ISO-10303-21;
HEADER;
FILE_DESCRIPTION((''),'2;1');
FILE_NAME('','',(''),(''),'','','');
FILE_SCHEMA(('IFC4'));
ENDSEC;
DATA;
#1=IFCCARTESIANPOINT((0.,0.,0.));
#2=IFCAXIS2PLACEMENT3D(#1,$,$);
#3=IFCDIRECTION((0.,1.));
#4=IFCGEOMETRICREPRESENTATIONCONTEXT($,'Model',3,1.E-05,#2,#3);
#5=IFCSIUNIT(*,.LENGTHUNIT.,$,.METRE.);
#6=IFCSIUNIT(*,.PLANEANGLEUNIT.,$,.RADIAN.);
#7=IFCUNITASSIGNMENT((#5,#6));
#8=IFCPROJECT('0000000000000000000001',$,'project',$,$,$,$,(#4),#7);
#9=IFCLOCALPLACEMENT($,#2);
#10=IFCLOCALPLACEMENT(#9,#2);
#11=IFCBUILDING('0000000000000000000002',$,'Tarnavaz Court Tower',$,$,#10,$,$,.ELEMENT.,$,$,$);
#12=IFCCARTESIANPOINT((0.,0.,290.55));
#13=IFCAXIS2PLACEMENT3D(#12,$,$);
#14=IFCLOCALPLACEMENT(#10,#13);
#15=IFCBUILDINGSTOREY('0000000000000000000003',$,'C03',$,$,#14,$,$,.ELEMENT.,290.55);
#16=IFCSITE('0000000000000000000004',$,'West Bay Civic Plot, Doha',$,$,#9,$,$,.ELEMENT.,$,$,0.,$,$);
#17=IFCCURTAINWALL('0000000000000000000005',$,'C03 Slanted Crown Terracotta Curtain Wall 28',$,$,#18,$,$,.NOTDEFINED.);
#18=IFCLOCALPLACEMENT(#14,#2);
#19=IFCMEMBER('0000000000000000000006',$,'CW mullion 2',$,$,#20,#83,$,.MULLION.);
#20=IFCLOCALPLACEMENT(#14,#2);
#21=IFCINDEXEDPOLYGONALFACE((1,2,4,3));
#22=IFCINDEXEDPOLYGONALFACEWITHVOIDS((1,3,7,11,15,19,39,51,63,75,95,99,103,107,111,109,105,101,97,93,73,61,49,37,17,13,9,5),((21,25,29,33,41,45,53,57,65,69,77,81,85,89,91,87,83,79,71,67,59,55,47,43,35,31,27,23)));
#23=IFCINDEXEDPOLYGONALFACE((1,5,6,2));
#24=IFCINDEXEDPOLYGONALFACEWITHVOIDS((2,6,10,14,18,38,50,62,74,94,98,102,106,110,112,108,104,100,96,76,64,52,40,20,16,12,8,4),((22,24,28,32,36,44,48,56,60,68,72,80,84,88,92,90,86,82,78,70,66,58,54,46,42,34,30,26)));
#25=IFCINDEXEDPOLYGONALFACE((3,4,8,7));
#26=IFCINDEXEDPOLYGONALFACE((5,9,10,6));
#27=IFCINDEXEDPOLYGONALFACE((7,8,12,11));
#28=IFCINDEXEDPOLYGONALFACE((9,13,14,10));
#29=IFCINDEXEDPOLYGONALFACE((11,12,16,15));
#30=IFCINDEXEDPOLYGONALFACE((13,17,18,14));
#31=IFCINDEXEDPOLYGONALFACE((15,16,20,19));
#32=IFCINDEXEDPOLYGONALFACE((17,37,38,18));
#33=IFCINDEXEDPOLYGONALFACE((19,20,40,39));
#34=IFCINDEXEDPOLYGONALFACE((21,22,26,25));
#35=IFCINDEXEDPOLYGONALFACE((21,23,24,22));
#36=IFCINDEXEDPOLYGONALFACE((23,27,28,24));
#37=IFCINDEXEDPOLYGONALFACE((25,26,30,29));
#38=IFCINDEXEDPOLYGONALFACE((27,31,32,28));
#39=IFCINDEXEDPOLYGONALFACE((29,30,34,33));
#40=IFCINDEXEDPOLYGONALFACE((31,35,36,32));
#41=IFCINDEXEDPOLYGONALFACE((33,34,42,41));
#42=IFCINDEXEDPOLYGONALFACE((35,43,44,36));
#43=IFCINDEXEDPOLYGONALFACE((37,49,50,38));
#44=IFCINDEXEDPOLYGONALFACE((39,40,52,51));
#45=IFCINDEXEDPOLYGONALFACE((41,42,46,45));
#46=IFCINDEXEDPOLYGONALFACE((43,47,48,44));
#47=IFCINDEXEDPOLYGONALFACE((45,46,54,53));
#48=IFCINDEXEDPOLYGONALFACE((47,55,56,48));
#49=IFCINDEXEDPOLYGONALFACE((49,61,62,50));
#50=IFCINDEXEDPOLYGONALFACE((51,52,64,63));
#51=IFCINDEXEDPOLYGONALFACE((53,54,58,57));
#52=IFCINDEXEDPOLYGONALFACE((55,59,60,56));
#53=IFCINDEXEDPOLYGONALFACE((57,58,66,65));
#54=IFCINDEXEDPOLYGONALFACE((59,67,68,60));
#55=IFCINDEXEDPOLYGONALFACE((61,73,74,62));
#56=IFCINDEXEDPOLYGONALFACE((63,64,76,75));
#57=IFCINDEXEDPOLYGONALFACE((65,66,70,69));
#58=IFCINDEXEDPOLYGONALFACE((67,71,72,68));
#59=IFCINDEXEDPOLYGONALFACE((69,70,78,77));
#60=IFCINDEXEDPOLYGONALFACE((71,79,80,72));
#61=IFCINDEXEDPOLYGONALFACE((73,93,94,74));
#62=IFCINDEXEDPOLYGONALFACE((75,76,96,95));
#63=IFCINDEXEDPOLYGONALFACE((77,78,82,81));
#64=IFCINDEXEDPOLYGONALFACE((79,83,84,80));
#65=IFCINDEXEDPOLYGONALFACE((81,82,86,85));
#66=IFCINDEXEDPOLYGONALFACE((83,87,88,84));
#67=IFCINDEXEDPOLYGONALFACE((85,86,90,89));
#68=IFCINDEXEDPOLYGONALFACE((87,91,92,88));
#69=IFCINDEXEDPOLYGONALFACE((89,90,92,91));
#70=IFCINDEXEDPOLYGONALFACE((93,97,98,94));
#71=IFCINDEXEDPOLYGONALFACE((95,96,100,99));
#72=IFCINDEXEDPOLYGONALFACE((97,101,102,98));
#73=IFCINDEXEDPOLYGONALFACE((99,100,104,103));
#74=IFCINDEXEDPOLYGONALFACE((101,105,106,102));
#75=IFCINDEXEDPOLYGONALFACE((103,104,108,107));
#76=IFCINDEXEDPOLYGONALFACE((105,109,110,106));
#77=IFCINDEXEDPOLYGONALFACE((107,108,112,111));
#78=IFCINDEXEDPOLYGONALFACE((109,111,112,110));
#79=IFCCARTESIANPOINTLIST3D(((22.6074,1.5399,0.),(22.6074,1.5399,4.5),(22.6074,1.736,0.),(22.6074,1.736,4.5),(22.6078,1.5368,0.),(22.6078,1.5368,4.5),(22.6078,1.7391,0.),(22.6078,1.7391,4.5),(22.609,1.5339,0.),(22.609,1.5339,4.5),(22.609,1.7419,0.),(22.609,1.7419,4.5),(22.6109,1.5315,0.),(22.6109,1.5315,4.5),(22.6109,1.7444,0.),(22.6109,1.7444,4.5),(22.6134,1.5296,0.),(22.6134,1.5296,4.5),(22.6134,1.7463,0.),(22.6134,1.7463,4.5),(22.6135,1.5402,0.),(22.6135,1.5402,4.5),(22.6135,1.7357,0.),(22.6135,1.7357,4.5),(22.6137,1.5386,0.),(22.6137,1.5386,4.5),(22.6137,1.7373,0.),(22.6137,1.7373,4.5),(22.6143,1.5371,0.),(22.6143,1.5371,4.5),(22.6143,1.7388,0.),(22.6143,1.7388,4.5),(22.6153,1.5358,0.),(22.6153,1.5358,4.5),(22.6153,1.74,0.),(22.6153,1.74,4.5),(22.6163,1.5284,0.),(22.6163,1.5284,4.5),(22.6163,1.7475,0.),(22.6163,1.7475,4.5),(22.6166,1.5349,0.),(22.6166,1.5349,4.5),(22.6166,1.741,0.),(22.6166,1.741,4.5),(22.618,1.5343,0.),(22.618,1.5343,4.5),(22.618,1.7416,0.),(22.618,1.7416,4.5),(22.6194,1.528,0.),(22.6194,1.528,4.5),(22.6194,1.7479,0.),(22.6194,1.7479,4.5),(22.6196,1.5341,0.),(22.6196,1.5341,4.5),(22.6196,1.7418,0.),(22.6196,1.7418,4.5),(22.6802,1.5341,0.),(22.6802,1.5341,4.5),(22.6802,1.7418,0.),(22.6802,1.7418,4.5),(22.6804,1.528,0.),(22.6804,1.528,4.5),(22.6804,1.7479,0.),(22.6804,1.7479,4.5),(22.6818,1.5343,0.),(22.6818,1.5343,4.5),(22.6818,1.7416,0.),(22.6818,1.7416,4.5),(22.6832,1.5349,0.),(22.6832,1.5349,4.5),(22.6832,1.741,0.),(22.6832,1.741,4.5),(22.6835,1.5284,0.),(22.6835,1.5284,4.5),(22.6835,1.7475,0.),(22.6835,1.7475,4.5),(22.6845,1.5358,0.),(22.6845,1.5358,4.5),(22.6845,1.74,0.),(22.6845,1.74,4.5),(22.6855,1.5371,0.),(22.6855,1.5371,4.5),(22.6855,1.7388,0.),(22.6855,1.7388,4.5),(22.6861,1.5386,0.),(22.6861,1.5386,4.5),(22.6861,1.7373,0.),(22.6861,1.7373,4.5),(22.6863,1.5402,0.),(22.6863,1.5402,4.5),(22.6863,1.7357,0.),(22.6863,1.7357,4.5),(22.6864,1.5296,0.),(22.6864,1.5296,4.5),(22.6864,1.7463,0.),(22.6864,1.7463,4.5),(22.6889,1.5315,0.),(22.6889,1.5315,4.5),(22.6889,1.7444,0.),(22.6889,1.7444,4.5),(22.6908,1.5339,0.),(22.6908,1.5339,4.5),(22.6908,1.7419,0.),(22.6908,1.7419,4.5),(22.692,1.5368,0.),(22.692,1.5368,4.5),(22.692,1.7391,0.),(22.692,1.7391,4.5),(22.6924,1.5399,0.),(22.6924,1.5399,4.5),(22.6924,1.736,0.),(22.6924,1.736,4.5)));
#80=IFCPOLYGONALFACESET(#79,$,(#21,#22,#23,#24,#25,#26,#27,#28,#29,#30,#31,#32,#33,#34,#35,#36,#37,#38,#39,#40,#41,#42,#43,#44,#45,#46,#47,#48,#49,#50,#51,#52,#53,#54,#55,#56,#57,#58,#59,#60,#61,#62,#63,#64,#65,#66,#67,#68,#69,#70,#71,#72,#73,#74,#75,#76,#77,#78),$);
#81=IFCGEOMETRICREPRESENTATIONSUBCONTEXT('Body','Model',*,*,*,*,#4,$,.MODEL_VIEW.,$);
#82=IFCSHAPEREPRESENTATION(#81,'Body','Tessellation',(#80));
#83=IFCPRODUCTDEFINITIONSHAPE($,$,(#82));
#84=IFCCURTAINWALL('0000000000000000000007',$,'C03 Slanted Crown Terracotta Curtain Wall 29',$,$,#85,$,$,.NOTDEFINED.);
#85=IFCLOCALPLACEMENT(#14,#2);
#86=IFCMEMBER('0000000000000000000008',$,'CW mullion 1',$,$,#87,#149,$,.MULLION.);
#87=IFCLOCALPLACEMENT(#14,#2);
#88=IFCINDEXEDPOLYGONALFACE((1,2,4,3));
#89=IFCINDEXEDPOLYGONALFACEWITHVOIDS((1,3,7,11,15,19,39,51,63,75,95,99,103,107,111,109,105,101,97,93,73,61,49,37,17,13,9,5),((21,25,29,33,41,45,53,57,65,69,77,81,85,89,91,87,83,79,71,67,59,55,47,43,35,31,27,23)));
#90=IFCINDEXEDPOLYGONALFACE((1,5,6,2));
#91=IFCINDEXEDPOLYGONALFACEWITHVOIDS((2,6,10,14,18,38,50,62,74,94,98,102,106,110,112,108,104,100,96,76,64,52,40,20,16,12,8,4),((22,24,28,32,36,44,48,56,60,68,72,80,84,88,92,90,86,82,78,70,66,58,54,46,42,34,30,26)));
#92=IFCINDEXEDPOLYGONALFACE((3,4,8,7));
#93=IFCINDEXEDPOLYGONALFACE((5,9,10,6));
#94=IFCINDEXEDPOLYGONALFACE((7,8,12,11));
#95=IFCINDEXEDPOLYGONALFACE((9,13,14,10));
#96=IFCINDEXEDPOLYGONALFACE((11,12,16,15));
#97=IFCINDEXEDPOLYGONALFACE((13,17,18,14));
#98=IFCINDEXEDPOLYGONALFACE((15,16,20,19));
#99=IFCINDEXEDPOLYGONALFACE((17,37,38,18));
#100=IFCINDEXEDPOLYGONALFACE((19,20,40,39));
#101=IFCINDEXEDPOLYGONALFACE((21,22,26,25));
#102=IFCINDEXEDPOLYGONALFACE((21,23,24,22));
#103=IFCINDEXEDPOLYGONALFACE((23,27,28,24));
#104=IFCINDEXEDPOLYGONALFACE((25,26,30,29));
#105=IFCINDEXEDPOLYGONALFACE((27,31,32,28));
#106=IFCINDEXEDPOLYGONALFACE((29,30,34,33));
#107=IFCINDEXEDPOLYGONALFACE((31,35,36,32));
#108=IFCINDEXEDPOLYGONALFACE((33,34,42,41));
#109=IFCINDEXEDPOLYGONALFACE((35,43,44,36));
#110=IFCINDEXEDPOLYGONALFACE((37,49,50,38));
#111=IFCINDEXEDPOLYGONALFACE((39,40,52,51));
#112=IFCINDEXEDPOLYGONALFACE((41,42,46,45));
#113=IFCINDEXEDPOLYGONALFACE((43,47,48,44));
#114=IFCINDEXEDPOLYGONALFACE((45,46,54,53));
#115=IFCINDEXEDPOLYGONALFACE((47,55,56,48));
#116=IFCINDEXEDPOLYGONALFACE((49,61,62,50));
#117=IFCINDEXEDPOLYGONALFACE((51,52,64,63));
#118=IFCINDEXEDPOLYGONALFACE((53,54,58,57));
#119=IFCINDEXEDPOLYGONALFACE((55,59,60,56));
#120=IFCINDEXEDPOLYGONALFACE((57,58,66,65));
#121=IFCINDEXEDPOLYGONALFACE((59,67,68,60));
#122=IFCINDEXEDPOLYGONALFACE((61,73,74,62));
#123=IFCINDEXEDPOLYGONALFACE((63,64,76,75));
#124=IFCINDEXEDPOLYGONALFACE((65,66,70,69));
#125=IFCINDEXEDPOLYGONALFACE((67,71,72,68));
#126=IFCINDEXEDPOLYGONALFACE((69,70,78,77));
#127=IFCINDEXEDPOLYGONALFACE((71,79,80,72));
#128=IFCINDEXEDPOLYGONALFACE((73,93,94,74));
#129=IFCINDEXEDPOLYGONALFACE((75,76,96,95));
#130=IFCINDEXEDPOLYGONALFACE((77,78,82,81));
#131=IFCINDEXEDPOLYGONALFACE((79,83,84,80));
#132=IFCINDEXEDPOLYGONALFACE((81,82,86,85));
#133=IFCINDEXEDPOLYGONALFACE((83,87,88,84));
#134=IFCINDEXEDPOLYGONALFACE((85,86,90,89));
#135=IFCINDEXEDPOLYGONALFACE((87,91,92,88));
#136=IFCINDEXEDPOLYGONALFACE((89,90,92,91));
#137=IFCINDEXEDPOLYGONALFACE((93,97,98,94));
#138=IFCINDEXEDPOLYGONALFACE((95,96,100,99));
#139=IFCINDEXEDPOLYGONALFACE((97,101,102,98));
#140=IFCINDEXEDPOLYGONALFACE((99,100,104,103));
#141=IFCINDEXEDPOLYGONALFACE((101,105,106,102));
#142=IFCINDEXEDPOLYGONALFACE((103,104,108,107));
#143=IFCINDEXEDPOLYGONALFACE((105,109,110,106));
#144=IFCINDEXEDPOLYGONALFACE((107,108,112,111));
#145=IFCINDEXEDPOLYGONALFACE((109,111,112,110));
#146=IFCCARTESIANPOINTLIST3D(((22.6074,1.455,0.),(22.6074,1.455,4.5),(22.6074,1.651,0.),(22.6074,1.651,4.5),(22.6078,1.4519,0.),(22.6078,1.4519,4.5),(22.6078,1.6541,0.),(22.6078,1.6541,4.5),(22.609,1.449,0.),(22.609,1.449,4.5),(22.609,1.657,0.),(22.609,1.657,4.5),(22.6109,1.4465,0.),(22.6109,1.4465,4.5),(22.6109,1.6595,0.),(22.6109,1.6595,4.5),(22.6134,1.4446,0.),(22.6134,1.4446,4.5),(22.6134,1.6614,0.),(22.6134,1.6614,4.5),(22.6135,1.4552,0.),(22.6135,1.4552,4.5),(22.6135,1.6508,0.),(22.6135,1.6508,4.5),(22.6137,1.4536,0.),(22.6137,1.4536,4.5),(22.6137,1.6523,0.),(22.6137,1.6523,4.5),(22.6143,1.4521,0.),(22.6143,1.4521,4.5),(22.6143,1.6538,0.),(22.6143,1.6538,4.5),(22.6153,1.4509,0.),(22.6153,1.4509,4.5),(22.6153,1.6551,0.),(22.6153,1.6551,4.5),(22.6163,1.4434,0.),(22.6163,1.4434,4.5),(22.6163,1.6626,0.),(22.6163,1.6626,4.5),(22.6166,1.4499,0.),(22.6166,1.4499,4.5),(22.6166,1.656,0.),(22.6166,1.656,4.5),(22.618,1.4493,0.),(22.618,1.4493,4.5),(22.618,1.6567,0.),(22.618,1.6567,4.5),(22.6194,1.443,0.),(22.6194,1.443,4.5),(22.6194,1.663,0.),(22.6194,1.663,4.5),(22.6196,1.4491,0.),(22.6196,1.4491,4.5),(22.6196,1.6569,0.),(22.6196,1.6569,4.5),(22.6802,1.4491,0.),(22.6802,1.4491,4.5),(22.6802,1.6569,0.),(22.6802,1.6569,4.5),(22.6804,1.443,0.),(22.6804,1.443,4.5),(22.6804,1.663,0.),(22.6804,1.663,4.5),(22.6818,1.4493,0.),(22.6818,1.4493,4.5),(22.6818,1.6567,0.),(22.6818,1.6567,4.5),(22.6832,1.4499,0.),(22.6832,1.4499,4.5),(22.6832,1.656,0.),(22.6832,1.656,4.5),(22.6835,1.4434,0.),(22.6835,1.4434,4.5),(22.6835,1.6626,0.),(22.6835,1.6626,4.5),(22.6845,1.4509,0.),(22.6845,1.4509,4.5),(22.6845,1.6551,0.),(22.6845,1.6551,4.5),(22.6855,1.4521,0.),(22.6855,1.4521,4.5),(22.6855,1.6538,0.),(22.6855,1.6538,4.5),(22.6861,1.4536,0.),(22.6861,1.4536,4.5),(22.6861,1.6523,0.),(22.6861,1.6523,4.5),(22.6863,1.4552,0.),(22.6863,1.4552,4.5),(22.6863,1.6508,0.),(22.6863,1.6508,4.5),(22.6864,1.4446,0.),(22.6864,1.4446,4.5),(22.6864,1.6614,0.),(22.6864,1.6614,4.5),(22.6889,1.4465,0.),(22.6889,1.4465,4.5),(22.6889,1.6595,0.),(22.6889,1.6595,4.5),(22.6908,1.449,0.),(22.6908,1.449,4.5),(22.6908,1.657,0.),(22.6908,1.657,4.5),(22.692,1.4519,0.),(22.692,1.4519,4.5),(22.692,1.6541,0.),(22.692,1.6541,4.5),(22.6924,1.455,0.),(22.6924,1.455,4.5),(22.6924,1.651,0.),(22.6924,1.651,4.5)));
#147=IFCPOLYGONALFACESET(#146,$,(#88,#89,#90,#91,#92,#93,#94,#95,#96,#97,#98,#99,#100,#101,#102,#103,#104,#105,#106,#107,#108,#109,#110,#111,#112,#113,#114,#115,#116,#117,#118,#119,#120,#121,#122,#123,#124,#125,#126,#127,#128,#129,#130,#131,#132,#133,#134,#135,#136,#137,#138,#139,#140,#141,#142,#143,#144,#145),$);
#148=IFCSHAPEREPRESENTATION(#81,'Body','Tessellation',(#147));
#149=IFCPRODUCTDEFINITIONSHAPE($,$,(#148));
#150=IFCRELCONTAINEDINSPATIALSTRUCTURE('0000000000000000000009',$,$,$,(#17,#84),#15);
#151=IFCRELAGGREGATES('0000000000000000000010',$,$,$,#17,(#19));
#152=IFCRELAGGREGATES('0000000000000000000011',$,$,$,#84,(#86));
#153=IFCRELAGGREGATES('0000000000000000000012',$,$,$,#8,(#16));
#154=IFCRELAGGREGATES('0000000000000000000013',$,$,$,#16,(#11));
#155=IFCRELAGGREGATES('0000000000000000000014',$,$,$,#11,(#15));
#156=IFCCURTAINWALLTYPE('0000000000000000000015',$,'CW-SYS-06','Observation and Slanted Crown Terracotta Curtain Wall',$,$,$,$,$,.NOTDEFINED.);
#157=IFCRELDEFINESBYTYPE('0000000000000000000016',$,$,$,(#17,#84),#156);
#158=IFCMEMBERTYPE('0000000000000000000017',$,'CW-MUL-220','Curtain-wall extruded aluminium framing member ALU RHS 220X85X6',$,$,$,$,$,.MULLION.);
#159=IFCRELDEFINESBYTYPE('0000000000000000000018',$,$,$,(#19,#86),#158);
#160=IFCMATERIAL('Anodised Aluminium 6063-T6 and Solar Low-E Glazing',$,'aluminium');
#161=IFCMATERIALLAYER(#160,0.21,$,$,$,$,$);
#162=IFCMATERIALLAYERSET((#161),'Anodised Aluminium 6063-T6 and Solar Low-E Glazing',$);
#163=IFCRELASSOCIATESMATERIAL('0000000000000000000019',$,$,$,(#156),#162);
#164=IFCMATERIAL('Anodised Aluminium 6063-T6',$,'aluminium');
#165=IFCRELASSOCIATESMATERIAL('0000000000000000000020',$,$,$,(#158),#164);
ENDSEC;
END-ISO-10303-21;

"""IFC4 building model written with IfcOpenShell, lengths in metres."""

from ifc_helpers import new_model, si_unit, direction, frame, origin, origin_2d, place, context, subcontext, project, spatial, hollow_rectangle, extrude, material, layer, layer_set, material_profile, profile_set, type_object, element, aggregate, save


model = new_model("IFC4")

# Units and contexts
model_context = context("Model", 3, precision=1e-05, world=origin(), true_north=direction((0.0, 1.0)))
body_context = subcontext(model_context, "Body", "Model", "MODEL_VIEW")
ifc_project = project(units=[si_unit("LENGTHUNIT", "METRE"), si_unit("PLANEANGLEUNIT", "RADIAN")], contexts=[model_context])

# Site, building, storey
site_placement = place(None, origin())
site = spatial("IfcSite", under=ifc_project, at=site_placement, Name="West Bay Civic Plot, Doha", CompositionType="ELEMENT", RefElevation=0.0)
building_placement = place(site_placement, origin())
building = spatial("IfcBuilding", under=site, at=building_placement, Name="Tarnavaz Court Tower", CompositionType="ELEMENT")
storey_placement = place(building_placement, frame((0.0, 0.0, 290.55)))
storey = spatial("IfcBuildingStorey", under=building, at=storey_placement, Name="C03", CompositionType="ELEMENT", Elevation=290.55)

# Shared definitions
ifc_material_1 = material(Name="Anodised Aluminium 6063-T6 and Solar Low-E Glazing", Category="aluminium")
ifc_layer_1 = layer(ifc_material_1, 0.21)
ifc_layer_set_1 = layer_set([ifc_layer_1], Name="Anodised Aluminium 6063-T6 and Solar Low-E Glazing")
curtain_wall_type = type_object("IfcCurtainWallType", Name="CW-SYS-06", Description="Observation and Slanted Crown Terracotta Curtain Wall", PredefinedType="NOTDEFINED", material=ifc_layer_set_1)
ifc_material_2 = material(Name="Anodised Aluminium 6063-T6", Category="aluminium")
ifc_material_profile_1 = material_profile(ifc_material_2, hollow_rectangle(XDim=0.085, YDim=0.22, WallThickness=0.0061, InnerFilletRadius=0.0061, OuterFilletRadius=0.012, at=origin_2d()), Name="ALU RHS 220X85X6")
ifc_profile_set_1 = profile_set([ifc_material_profile_1], Name="Anodised Aluminium 6063-T6")
member_type_1 = type_object("IfcMemberType", Name="CW-MUL-220", Description="Curtain-wall extruded aluminium framing member ALU RHS 220X85X6", PredefinedType="MULLION", material=ifc_profile_set_1)

# Curtain wall, member
curtain_wall_1_placement = place(storey_placement, origin())
curtain_wall_1 = element("IfcCurtainWall", 1, at=curtain_wall_1_placement, inside=storey, type_object=curtain_wall_type, Name="C03 Slanted Crown Terracotta Curtain Wall 28", PredefinedType="NOTDEFINED")
member_1_placement = place(storey_placement, frame((22.6499, 1.6379, 0.0), z_axis=(0.0, 0.0, 1.0), x_axis=(1.0, 0.0, 0.0)))
member_1 = element("IfcMember", 2, at=member_1_placement, type_object=member_type_1, Name="CW mullion 2", PredefinedType="MULLION", context=body_context, shape_type="SweptSolid", body=[
    extrude(hollow_rectangle(XDim=0.085, YDim=0.22, WallThickness=0.0061, InnerFilletRadius=0.0061, OuterFilletRadius=0.012, at=origin_2d()), origin(), (0.0, 0.0, 1.0), 4.5),
])

# Curtain wall, member
curtain_wall_2_placement = place(storey_placement, origin())
curtain_wall_2 = element("IfcCurtainWall", 3, at=curtain_wall_2_placement, inside=storey, type_object=curtain_wall_type, Name="C03 Slanted Crown Terracotta Curtain Wall 29", PredefinedType="NOTDEFINED")
member_2_placement = place(storey_placement, frame((22.6499, 1.553, 0.0), z_axis=(0.0, 0.0, 1.0), x_axis=(1.0, 0.0, 0.0)))
member_2 = element("IfcMember", 4, at=member_2_placement, type_object=member_type_1, Name="CW mullion 1", PredefinedType="MULLION", context=body_context, shape_type="SweptSolid", body=[
    extrude(hollow_rectangle(XDim=0.085, YDim=0.22, WallThickness=0.0061, InnerFilletRadius=0.0061, OuterFilletRadius=0.012, at=origin_2d()), origin(), (0.0, 0.0, 1.0), 4.5),
])

aggregate(curtain_wall_1, [member_1])
aggregate(curtain_wall_2, [member_2])

save(model, "model.ifc")
